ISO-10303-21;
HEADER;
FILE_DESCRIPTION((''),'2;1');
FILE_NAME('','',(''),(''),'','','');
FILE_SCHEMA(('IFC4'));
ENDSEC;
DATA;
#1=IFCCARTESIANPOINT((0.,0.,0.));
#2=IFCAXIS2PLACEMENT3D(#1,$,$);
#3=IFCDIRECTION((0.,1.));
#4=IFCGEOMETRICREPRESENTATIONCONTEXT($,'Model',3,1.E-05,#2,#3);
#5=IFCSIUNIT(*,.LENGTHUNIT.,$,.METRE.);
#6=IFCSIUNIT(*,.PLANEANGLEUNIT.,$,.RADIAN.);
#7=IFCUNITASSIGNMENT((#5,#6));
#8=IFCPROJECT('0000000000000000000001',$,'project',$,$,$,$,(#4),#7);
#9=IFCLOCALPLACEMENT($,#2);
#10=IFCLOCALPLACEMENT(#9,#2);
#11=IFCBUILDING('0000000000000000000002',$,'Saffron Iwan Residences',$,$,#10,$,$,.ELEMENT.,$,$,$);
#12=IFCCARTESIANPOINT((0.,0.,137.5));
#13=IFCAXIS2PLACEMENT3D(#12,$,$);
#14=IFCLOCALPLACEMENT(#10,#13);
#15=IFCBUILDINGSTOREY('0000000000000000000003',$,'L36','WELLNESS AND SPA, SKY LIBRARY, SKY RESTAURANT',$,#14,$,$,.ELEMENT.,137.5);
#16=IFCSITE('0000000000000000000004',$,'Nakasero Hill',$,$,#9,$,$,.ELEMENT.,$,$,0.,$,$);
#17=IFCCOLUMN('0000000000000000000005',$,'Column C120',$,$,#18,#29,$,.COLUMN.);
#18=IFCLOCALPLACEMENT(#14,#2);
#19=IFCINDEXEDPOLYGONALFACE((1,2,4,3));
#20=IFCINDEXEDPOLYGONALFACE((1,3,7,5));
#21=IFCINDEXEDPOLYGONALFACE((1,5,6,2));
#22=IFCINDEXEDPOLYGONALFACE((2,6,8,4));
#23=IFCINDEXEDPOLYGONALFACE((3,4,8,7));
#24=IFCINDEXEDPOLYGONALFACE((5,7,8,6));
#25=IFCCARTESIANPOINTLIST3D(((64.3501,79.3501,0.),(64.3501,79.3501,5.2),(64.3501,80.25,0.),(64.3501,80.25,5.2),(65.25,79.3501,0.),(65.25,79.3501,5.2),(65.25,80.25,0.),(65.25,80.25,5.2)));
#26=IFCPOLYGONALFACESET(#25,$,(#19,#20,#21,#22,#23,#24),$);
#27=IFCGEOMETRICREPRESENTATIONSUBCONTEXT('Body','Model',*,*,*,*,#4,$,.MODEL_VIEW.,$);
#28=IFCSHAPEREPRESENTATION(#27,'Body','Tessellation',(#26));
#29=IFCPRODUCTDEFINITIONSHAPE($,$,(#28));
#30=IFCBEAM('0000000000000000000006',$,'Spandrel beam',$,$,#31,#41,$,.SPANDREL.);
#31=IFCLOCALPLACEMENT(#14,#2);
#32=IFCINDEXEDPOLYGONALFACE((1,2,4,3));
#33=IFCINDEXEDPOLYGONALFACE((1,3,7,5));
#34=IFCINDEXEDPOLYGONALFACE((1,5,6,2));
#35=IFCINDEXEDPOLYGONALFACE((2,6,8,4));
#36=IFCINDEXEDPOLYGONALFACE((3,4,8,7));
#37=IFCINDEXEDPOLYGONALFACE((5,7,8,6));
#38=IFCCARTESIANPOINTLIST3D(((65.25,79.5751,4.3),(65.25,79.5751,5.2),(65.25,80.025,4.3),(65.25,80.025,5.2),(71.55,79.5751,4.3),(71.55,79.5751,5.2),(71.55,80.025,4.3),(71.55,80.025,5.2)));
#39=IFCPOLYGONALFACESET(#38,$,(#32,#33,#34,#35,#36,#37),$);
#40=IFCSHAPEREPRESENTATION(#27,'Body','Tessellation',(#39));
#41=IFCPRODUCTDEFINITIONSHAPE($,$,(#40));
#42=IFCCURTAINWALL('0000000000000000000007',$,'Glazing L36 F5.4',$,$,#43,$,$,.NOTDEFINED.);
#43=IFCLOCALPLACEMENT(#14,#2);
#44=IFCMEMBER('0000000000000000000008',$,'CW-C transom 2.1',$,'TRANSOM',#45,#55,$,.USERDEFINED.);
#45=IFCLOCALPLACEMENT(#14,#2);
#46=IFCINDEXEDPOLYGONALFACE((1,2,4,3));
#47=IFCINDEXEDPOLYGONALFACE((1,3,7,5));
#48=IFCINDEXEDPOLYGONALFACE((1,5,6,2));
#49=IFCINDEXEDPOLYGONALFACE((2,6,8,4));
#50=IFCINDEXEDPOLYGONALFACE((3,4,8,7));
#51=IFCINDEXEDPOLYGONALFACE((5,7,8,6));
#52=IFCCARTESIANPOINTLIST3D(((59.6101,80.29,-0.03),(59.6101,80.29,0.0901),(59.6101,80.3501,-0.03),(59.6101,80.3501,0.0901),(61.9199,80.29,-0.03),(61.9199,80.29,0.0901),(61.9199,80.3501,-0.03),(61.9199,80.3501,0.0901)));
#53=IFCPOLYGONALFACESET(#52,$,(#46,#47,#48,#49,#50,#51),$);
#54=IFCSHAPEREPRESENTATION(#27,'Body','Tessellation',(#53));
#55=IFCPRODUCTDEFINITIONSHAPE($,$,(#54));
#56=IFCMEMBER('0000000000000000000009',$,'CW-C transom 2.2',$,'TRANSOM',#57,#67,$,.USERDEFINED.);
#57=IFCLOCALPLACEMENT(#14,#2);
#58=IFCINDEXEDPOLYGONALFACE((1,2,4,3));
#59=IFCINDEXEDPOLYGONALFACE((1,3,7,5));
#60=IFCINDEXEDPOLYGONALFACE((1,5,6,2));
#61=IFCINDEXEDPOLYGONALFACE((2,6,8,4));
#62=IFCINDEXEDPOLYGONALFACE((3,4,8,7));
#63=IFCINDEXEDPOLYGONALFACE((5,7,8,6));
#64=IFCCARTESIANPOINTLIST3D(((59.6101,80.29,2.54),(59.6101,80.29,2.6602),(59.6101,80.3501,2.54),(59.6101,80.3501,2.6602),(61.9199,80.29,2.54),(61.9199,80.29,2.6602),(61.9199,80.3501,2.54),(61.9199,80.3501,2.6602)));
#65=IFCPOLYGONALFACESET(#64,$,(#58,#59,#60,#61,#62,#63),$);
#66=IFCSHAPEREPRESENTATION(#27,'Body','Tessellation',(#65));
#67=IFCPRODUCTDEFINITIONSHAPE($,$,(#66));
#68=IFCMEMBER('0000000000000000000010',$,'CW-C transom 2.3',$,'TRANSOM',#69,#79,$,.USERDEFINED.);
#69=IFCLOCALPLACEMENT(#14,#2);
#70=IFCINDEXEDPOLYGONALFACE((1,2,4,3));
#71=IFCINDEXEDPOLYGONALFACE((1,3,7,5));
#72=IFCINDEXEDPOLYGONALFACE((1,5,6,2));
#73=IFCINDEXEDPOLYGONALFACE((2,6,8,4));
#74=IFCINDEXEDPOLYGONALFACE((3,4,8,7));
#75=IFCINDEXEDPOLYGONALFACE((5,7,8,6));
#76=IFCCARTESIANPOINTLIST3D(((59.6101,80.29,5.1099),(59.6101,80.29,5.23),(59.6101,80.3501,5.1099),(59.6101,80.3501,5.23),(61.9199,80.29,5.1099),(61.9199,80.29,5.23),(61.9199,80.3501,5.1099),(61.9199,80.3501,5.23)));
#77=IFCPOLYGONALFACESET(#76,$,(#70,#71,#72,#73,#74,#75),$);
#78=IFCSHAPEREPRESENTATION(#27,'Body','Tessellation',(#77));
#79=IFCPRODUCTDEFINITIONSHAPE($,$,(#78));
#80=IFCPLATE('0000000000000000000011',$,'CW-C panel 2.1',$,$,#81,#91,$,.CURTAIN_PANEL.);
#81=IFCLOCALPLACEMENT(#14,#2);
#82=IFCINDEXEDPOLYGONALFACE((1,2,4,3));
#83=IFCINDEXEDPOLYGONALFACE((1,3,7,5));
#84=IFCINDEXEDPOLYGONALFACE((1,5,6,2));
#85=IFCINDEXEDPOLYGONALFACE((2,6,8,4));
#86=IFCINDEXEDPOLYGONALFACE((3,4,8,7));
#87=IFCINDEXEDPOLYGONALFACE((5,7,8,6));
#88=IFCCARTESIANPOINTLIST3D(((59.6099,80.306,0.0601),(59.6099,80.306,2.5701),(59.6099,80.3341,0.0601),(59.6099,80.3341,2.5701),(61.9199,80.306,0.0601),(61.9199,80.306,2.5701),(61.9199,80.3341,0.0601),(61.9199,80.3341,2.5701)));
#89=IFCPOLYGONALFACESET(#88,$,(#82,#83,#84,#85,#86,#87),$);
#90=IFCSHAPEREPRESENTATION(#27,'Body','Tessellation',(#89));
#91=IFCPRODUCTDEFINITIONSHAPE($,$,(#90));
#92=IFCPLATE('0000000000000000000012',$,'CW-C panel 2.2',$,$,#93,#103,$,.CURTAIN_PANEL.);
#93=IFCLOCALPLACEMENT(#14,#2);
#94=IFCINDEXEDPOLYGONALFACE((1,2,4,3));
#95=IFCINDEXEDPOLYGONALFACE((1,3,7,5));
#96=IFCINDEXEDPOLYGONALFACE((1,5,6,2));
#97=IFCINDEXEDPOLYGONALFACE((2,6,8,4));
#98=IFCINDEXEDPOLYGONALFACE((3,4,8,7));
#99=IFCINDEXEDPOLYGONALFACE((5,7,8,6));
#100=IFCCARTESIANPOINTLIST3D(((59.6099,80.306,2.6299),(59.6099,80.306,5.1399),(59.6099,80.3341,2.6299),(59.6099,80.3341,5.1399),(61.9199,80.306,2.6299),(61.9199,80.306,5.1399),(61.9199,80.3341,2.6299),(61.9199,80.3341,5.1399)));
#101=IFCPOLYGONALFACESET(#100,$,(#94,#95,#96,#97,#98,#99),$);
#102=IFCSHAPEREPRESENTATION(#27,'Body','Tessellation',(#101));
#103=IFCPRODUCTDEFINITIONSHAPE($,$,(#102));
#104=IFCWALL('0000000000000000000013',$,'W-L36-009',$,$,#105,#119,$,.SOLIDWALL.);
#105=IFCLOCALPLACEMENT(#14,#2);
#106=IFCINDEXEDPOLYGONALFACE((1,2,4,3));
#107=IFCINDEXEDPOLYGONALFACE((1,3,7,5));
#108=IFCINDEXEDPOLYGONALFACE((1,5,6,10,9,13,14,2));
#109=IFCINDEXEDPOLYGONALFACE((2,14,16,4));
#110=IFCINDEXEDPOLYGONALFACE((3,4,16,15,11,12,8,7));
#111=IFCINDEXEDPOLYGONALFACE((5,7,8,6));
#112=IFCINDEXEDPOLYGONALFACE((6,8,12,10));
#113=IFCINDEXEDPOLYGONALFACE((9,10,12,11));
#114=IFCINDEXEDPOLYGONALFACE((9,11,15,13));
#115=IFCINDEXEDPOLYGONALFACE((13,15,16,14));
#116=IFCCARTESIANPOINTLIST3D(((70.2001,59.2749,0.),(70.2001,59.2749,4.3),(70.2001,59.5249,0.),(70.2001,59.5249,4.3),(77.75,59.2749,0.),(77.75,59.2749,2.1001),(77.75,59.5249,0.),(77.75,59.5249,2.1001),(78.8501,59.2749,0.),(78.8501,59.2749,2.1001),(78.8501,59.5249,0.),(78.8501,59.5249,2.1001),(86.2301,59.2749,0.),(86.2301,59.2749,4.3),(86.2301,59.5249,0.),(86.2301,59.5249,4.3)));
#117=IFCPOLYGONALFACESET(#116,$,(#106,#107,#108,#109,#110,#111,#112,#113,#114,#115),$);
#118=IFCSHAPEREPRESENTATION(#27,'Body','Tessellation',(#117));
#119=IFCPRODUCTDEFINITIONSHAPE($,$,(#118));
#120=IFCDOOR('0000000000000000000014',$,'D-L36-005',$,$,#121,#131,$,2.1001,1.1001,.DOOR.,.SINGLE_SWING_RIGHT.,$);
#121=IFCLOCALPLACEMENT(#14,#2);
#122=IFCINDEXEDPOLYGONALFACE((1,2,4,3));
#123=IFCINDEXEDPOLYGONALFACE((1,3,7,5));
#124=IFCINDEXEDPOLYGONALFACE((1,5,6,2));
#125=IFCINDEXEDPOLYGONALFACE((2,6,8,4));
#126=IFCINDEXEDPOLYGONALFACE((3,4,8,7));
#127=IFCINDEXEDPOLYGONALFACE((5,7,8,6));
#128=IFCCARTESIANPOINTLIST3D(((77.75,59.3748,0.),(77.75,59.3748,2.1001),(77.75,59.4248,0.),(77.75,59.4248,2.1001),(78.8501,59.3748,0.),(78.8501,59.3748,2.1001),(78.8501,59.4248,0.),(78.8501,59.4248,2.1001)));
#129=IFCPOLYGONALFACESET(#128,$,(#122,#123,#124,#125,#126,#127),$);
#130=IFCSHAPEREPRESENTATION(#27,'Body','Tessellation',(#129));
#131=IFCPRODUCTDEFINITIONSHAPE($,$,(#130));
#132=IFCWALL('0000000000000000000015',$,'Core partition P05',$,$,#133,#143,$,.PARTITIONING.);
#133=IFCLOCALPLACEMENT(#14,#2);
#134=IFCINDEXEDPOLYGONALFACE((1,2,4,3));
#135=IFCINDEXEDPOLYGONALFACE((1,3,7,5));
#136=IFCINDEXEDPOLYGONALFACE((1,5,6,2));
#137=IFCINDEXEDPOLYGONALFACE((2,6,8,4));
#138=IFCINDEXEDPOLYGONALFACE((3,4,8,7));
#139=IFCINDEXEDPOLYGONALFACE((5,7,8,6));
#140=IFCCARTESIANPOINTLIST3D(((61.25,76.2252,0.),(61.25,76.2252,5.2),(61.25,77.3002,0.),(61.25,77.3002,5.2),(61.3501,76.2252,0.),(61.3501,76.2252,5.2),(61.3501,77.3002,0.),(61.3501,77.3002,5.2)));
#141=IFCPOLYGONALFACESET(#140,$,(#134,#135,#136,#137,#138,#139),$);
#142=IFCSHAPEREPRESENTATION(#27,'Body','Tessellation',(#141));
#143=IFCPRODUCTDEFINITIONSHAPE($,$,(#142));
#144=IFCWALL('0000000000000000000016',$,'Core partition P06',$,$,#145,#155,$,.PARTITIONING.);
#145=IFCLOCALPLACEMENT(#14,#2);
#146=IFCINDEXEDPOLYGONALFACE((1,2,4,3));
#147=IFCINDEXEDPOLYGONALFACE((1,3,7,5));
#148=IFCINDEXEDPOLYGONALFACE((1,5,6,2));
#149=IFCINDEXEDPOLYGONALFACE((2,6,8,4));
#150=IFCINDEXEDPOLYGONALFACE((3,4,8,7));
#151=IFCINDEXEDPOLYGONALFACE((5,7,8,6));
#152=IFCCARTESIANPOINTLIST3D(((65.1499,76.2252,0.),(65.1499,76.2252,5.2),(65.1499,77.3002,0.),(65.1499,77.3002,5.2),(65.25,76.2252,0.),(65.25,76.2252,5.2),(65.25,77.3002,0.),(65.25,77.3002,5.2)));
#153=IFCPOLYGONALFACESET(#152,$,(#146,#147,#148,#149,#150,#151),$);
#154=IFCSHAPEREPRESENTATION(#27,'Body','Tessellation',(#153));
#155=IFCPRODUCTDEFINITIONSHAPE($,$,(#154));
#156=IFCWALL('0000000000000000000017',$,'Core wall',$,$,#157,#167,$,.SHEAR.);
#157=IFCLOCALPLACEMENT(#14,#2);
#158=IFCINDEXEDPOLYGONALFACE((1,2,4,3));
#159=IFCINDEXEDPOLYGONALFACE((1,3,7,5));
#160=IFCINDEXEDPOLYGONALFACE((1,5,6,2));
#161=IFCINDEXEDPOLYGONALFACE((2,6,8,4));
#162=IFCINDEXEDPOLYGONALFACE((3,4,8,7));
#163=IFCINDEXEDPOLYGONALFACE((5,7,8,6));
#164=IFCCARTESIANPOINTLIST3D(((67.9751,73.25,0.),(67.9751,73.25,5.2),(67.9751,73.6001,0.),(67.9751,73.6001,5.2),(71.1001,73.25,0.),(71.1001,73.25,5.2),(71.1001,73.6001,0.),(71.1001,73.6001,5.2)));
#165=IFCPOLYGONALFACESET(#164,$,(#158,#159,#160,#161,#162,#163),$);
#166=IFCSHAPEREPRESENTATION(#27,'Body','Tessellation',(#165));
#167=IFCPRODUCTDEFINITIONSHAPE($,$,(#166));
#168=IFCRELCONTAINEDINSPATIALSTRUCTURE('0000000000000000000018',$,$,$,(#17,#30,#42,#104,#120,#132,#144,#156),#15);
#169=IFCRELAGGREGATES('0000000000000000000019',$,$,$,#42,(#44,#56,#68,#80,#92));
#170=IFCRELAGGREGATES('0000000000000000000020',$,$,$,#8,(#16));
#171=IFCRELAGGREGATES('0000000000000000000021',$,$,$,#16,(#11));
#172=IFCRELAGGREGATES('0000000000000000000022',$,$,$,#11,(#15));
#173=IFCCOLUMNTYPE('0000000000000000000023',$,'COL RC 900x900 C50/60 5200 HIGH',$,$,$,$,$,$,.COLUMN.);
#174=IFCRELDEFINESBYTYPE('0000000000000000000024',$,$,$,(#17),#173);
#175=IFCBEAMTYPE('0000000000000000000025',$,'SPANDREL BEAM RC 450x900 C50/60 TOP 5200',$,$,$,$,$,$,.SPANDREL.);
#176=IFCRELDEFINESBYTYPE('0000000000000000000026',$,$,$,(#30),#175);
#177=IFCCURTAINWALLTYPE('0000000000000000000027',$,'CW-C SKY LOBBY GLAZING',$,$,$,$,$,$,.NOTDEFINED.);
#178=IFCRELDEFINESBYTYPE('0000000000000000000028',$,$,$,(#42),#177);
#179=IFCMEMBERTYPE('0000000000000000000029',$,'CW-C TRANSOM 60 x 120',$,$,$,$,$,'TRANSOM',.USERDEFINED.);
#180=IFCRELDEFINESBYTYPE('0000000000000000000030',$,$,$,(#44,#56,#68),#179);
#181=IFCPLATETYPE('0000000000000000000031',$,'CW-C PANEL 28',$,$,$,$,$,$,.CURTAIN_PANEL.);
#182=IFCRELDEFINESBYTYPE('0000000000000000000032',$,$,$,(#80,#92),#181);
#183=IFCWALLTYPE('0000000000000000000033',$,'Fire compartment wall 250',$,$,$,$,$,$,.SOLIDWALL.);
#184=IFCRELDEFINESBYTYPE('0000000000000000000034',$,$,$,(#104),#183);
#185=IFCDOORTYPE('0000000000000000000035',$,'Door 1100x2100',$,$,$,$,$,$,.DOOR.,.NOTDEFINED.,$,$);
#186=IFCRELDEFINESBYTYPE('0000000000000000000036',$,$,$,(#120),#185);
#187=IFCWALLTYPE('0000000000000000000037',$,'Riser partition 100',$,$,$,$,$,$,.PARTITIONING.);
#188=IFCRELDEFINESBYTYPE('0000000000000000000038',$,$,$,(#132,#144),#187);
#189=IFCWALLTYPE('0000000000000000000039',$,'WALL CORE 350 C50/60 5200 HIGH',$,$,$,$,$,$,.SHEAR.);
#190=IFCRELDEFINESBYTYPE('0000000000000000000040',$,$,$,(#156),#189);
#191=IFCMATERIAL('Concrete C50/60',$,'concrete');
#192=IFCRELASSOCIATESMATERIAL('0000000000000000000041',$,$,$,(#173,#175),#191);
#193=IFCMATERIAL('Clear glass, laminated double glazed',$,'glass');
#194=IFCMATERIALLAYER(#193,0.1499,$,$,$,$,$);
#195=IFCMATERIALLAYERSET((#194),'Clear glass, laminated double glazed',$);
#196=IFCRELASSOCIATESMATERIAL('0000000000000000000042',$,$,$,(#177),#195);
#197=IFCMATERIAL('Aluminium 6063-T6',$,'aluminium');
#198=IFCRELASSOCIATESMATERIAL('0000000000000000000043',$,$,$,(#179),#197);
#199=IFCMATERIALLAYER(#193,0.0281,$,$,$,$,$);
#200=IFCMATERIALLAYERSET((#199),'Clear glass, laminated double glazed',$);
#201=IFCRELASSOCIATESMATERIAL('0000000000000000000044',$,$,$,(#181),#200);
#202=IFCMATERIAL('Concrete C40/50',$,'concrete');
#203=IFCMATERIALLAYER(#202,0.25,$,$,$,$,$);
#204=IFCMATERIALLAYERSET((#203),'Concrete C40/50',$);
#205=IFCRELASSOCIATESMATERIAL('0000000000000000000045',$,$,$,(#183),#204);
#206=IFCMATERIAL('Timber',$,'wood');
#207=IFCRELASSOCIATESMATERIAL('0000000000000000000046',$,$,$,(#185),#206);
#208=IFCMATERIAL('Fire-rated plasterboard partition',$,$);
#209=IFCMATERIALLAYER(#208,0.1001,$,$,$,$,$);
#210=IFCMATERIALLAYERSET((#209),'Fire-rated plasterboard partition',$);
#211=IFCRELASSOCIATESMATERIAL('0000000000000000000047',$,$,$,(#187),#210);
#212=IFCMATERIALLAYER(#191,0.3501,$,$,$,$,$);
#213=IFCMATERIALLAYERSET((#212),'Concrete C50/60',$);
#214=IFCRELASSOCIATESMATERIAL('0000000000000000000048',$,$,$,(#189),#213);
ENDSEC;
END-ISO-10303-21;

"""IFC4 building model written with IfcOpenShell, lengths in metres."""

from ifc_helpers import new_model, si_unit, direction, frame, frame_2d, origin, origin_2d, place, context, subcontext, project, spatial, rectangle, extrude, source, transform, mapped, material, layer, layer_set, material_profile, profile_set, type_object, element, fill, aggregate, save


model = new_model("IFC4")

# Units and contexts
model_context = context("Model", 3, precision=1e-05, world=origin(), true_north=direction((0.0, 1.0)))
body_context = subcontext(model_context, "Body", "Model", "MODEL_VIEW")
ifc_project = project(units=[si_unit("LENGTHUNIT", "METRE"), si_unit("PLANEANGLEUNIT", "RADIAN")], contexts=[model_context])

# Site, building, storey
site_placement = place(None, origin())
site = spatial("IfcSite", under=ifc_project, at=site_placement, Name="Nakasero Hill", CompositionType="ELEMENT", RefElevation=0.0)
building_placement = place(site_placement, origin())
building = spatial("IfcBuilding", under=site, at=building_placement, Name="Saffron Iwan Residences", CompositionType="ELEMENT")
storey_placement = place(building_placement, frame((0.0, 0.0, 137.5)))
storey = spatial("IfcBuildingStorey", under=building, at=storey_placement, Name="L36", Description="WELLNESS AND SPA, SKY LIBRARY, SKY RESTAURANT", CompositionType="ELEMENT", Elevation=137.5)

# Column
ifc_material_1 = material(Name="Concrete C50/60", Category="concrete")
ifc_material_profile_1 = material_profile(ifc_material_1, rectangle(XDim=0.8999, YDim=0.8999, at=origin_2d()), Name="RC 900x900")
ifc_profile_set_1 = profile_set([ifc_material_profile_1], Name="Concrete C50/60")
column_type = type_object("IfcColumnType", Name="COL RC 900x900 C50/60 5200 HIGH", PredefinedType="COLUMN", material=ifc_profile_set_1)
shared_shape_1 = source(origin(), body_context, "Body", "SweptSolid", [
    extrude(rectangle(XDim=0.8999, YDim=0.8999, at=origin_2d()), origin(), (0.0, 0.0, 1.0), 5.2),
])
column_placement = place(storey_placement, frame((64.8, 79.8, 0.0), z_axis=(0.0, 0.0, 1.0), x_axis=(1.0, 0.0, 0.0)))
element("IfcColumn", 1, at=column_placement, inside=storey, type_object=column_type, Name="Column C120", PredefinedType="COLUMN", context=body_context, shape_type="MappedRepresentation", body=[
    mapped(shared_shape_1, transform((0.0, 0.0, 0.0))),
])

# Beam
ifc_material_profile_2 = material_profile(ifc_material_1, rectangle(XDim=0.45, YDim=0.8999, at=origin_2d()), Name="RC 450x900")
ifc_profile_set_2 = profile_set([ifc_material_profile_2], Name="Concrete C50/60")
beam_type = type_object("IfcBeamType", Name="SPANDREL BEAM RC 450x900 C50/60 TOP 5200", PredefinedType="SPANDREL", material=ifc_profile_set_2)
shared_shape_2 = source(origin(), body_context, "Body", "SweptSolid", [
    extrude(rectangle(XDim=0.45, YDim=0.8999, at=origin_2d()), origin(), (0.0, 0.0, 1.0), 6.3),
])
beam_placement = place(storey_placement, frame((65.25, 79.8, 4.75), z_axis=(1.0, 0.0, 0.0), x_axis=(0.0, 1.0, 0.0)))
element("IfcBeam", 2, at=beam_placement, inside=storey, type_object=beam_type, Name="Spandrel beam", PredefinedType="SPANDREL", context=body_context, shape_type="MappedRepresentation", body=[
    mapped(shared_shape_2, transform((0.0, 0.0, 0.0))),
])

# Curtain wall, members, plates
ifc_material_2 = material(Name="Clear glass, laminated double glazed", Category="glass")
ifc_layer_1 = layer(ifc_material_2, 0.1499)
ifc_layer_set_1 = layer_set([ifc_layer_1], Name="Clear glass, laminated double glazed")
curtain_wall_type = type_object("IfcCurtainWallType", Name="CW-C SKY LOBBY GLAZING", PredefinedType="NOTDEFINED", material=ifc_layer_set_1)
curtain_wall_placement = place(storey_placement, origin())
curtain_wall = element("IfcCurtainWall", 3, at=curtain_wall_placement, inside=storey, type_object=curtain_wall_type, Name="Glazing L36 F5.4", PredefinedType="NOTDEFINED")
ifc_material_3 = material(Name="Aluminium 6063-T6", Category="aluminium")
ifc_material_profile_3 = material_profile(ifc_material_3, rectangle(XDim=0.0601, YDim=0.1201, at=origin_2d()), Name="CW-C TRANSOM 60 x 120")
ifc_profile_set_3 = profile_set([ifc_material_profile_3], Name="Aluminium 6063-T6")
member_type = type_object("IfcMemberType", Name="CW-C TRANSOM 60 x 120", ElementType="TRANSOM", PredefinedType="USERDEFINED", material=ifc_profile_set_3)
shared_shape_3 = source(origin(), body_context, "Body", "SweptSolid", [
    extrude(rectangle(XDim=0.0601, YDim=0.1201, at=origin_2d()), origin(), (0.0, 0.0, 1.0), 2.3098),
])
member_1_placement = place(storey_placement, frame((61.9199, 80.3201, 0.03), z_axis=(-1.0, 0.0, 0.0), x_axis=(0.0, -1.0, 0.0)))
member_1 = element("IfcMember", 4, at=member_1_placement, type_object=member_type, Name="CW-C transom 2.1", ObjectType="TRANSOM", PredefinedType="USERDEFINED", context=body_context, shape_type="MappedRepresentation", body=[
    mapped(shared_shape_3, transform((0.0, 0.0, 0.0))),
])
member_2_placement = place(storey_placement, frame((61.9199, 80.3201, 2.6001), z_axis=(-1.0, 0.0, 0.0), x_axis=(0.0, -1.0, 0.0)))
member_2 = element("IfcMember", 5, at=member_2_placement, type_object=member_type, Name="CW-C transom 2.2", ObjectType="TRANSOM", PredefinedType="USERDEFINED", context=body_context, shape_type="MappedRepresentation", body=[
    mapped(shared_shape_3, transform((0.0, 0.0, 0.0))),
])
member_3_placement = place(storey_placement, frame((61.9199, 80.3201, 5.1699), z_axis=(-1.0, 0.0, 0.0), x_axis=(0.0, -1.0, 0.0)))
member_3 = element("IfcMember", 6, at=member_3_placement, type_object=member_type, Name="CW-C transom 2.3", ObjectType="TRANSOM", PredefinedType="USERDEFINED", context=body_context, shape_type="MappedRepresentation", body=[
    mapped(shared_shape_3, transform((0.0, 0.0, 0.0))),
])
ifc_layer_2 = layer(ifc_material_2, 0.0281)
ifc_layer_set_2 = layer_set([ifc_layer_2], Name="Clear glass, laminated double glazed")
plate_type = type_object("IfcPlateType", Name="CW-C PANEL 28", PredefinedType="CURTAIN_PANEL", material=ifc_layer_set_2)
shared_shape_4 = source(origin(), body_context, "Body", "SweptSolid", [
    extrude(rectangle(XDim=2.3101, YDim=0.0281, at=origin_2d()), origin(), (0.0, 0.0, 1.0), 2.51),
])
plate_1_placement = place(storey_placement, frame((60.7649, 80.3201, 0.0601), z_axis=(0.0, 0.0, 1.0), x_axis=(-1.0, 0.0, 0.0)))
plate_1 = element("IfcPlate", 7, at=plate_1_placement, type_object=plate_type, Name="CW-C panel 2.1", PredefinedType="CURTAIN_PANEL", context=body_context, shape_type="MappedRepresentation", body=[
    mapped(shared_shape_4, transform((0.0, 0.0, 0.0))),
])
plate_2_placement = place(storey_placement, frame((60.7649, 80.3201, 2.6299), z_axis=(0.0, 0.0, 1.0), x_axis=(-1.0, 0.0, 0.0)))
plate_2 = element("IfcPlate", 8, at=plate_2_placement, type_object=plate_type, Name="CW-C panel 2.2", PredefinedType="CURTAIN_PANEL", context=body_context, shape_type="MappedRepresentation", body=[
    mapped(shared_shape_4, transform((0.0, 0.0, 0.0))),
])
aggregate(curtain_wall, [member_1, member_2, member_3, plate_1, plate_2])

# Wall, opening, door
ifc_material_4 = material(Name="Concrete C40/50", Category="concrete")
ifc_layer_3 = layer(ifc_material_4, 0.25)
ifc_layer_set_3 = layer_set([ifc_layer_3], Name="Concrete C40/50")
wall_type_1 = type_object("IfcWallType", Name="Fire compartment wall 250", PredefinedType="SOLIDWALL", material=ifc_layer_set_3)
wall_1_placement = place(storey_placement, frame((70.2, 59.3999, 0.0), z_axis=(0.0, 0.0, 1.0), x_axis=(1.0, 0.0, 0.0)))
wall_1 = element("IfcWall", 9, at=wall_1_placement, inside=storey, type_object=wall_type_1, Name="W-L36-009", PredefinedType="SOLIDWALL", context=body_context, shape_type="SweptSolid", body=[
    extrude(rectangle(XDim=16.03, YDim=0.25, at=frame_2d((8.0151, 0.0))), origin(), (0.0, 0.0, 1.0), 4.3),
])
opening_1_placement = place(wall_1_placement, frame((7.55, 0.0, 0.0)))
opening_1 = element("IfcOpeningElement", 10, at=opening_1_placement, cuts=wall_1, PredefinedType="OPENING", context=body_context, shape_type="SweptSolid", body=[
    extrude(rectangle(XDim=1.1001, YDim=2.1001, at=frame_2d((0.55, 1.05))), frame((0.0, 0.135, 0.0), z_axis=(0.0, -1.0, 0.0), x_axis=(1.0, 0.0, 0.0)), (0.0, 0.0, 1.0), 0.27),
])
ifc_material_5 = material(Name="Timber", Category="wood")
door_type_1 = type_object("IfcDoorType", Name="Door 1100x2100", OperationType="NOTDEFINED", PredefinedType="DOOR", material=ifc_material_5)
door_1_placement = place(opening_1_placement, origin())
door_1 = element("IfcDoor", 11, at=door_1_placement, inside=storey, type_object=door_type_1, Name="D-L36-005", OperationType="SINGLE_SWING_RIGHT", OverallHeight=2.1001, OverallWidth=1.1001, PredefinedType="DOOR", context=body_context, shape_type="SweptSolid", body=[
    extrude(rectangle(XDim=1.1001, YDim=2.1001, at=frame_2d((0.55, 1.05))), frame((0.0, 0.0249, 0.0), z_axis=(0.0, -1.0, 0.0), x_axis=(1.0, 0.0, 0.0)), (0.0, 0.0, 1.0), 0.05),
])
fill(opening_1, door_1)

# Walls
ifc_material_6 = material(Name="Fire-rated plasterboard partition")
ifc_layer_4 = layer(ifc_material_6, 0.1001)
ifc_layer_set_4 = layer_set([ifc_layer_4], Name="Fire-rated plasterboard partition")
wall_type_2 = type_object("IfcWallType", Name="Riser partition 100", PredefinedType="PARTITIONING", material=ifc_layer_set_4)
for number, where, z_axis, x_axis, name in (
    (12, (61.3, 76.2251, 0.0), (0.0, 0.0, 1.0), (0.0, 1.0, 0.0), "Core partition P05"),
    (13, (65.2, 76.2251, 0.0), (0.0, 0.0, 1.0), (0.0, 1.0, 0.0), "Core partition P06"),
):
    element("IfcWall", number, at=place(storey_placement, frame(where, z_axis=z_axis, x_axis=x_axis)), inside=storey, type_object=wall_type_2, Name=name, PredefinedType="PARTITIONING", context=body_context, shape_type="SweptSolid", body=[
        extrude(rectangle(XDim=1.075, YDim=0.1001, at=frame_2d((0.5376, 0.0))), origin(), (0.0, 0.0, 1.0), 5.2),
    ])
ifc_layer_5 = layer(ifc_material_1, 0.3501)
ifc_layer_set_5 = layer_set([ifc_layer_5], Name="Concrete C50/60")
wall_type_3 = type_object("IfcWallType", Name="WALL CORE 350 C50/60 5200 HIGH", PredefinedType="SHEAR", material=ifc_layer_set_5)
wall_2_placement = place(storey_placement, frame((67.9751, 73.425, 0.0), z_axis=(0.0, 0.0, 1.0), x_axis=(1.0, 0.0, 0.0)))
element("IfcWall", 14, at=wall_2_placement, inside=storey, type_object=wall_type_3, Name="Core wall", PredefinedType="SHEAR", context=body_context, shape_type="SweptSolid", body=[
    extrude(rectangle(XDim=3.125, YDim=0.3501, at=frame_2d((1.5625, 0.0))), origin(), (0.0, 0.0, 1.0), 5.2),
])

save(model, "model.ifc")
